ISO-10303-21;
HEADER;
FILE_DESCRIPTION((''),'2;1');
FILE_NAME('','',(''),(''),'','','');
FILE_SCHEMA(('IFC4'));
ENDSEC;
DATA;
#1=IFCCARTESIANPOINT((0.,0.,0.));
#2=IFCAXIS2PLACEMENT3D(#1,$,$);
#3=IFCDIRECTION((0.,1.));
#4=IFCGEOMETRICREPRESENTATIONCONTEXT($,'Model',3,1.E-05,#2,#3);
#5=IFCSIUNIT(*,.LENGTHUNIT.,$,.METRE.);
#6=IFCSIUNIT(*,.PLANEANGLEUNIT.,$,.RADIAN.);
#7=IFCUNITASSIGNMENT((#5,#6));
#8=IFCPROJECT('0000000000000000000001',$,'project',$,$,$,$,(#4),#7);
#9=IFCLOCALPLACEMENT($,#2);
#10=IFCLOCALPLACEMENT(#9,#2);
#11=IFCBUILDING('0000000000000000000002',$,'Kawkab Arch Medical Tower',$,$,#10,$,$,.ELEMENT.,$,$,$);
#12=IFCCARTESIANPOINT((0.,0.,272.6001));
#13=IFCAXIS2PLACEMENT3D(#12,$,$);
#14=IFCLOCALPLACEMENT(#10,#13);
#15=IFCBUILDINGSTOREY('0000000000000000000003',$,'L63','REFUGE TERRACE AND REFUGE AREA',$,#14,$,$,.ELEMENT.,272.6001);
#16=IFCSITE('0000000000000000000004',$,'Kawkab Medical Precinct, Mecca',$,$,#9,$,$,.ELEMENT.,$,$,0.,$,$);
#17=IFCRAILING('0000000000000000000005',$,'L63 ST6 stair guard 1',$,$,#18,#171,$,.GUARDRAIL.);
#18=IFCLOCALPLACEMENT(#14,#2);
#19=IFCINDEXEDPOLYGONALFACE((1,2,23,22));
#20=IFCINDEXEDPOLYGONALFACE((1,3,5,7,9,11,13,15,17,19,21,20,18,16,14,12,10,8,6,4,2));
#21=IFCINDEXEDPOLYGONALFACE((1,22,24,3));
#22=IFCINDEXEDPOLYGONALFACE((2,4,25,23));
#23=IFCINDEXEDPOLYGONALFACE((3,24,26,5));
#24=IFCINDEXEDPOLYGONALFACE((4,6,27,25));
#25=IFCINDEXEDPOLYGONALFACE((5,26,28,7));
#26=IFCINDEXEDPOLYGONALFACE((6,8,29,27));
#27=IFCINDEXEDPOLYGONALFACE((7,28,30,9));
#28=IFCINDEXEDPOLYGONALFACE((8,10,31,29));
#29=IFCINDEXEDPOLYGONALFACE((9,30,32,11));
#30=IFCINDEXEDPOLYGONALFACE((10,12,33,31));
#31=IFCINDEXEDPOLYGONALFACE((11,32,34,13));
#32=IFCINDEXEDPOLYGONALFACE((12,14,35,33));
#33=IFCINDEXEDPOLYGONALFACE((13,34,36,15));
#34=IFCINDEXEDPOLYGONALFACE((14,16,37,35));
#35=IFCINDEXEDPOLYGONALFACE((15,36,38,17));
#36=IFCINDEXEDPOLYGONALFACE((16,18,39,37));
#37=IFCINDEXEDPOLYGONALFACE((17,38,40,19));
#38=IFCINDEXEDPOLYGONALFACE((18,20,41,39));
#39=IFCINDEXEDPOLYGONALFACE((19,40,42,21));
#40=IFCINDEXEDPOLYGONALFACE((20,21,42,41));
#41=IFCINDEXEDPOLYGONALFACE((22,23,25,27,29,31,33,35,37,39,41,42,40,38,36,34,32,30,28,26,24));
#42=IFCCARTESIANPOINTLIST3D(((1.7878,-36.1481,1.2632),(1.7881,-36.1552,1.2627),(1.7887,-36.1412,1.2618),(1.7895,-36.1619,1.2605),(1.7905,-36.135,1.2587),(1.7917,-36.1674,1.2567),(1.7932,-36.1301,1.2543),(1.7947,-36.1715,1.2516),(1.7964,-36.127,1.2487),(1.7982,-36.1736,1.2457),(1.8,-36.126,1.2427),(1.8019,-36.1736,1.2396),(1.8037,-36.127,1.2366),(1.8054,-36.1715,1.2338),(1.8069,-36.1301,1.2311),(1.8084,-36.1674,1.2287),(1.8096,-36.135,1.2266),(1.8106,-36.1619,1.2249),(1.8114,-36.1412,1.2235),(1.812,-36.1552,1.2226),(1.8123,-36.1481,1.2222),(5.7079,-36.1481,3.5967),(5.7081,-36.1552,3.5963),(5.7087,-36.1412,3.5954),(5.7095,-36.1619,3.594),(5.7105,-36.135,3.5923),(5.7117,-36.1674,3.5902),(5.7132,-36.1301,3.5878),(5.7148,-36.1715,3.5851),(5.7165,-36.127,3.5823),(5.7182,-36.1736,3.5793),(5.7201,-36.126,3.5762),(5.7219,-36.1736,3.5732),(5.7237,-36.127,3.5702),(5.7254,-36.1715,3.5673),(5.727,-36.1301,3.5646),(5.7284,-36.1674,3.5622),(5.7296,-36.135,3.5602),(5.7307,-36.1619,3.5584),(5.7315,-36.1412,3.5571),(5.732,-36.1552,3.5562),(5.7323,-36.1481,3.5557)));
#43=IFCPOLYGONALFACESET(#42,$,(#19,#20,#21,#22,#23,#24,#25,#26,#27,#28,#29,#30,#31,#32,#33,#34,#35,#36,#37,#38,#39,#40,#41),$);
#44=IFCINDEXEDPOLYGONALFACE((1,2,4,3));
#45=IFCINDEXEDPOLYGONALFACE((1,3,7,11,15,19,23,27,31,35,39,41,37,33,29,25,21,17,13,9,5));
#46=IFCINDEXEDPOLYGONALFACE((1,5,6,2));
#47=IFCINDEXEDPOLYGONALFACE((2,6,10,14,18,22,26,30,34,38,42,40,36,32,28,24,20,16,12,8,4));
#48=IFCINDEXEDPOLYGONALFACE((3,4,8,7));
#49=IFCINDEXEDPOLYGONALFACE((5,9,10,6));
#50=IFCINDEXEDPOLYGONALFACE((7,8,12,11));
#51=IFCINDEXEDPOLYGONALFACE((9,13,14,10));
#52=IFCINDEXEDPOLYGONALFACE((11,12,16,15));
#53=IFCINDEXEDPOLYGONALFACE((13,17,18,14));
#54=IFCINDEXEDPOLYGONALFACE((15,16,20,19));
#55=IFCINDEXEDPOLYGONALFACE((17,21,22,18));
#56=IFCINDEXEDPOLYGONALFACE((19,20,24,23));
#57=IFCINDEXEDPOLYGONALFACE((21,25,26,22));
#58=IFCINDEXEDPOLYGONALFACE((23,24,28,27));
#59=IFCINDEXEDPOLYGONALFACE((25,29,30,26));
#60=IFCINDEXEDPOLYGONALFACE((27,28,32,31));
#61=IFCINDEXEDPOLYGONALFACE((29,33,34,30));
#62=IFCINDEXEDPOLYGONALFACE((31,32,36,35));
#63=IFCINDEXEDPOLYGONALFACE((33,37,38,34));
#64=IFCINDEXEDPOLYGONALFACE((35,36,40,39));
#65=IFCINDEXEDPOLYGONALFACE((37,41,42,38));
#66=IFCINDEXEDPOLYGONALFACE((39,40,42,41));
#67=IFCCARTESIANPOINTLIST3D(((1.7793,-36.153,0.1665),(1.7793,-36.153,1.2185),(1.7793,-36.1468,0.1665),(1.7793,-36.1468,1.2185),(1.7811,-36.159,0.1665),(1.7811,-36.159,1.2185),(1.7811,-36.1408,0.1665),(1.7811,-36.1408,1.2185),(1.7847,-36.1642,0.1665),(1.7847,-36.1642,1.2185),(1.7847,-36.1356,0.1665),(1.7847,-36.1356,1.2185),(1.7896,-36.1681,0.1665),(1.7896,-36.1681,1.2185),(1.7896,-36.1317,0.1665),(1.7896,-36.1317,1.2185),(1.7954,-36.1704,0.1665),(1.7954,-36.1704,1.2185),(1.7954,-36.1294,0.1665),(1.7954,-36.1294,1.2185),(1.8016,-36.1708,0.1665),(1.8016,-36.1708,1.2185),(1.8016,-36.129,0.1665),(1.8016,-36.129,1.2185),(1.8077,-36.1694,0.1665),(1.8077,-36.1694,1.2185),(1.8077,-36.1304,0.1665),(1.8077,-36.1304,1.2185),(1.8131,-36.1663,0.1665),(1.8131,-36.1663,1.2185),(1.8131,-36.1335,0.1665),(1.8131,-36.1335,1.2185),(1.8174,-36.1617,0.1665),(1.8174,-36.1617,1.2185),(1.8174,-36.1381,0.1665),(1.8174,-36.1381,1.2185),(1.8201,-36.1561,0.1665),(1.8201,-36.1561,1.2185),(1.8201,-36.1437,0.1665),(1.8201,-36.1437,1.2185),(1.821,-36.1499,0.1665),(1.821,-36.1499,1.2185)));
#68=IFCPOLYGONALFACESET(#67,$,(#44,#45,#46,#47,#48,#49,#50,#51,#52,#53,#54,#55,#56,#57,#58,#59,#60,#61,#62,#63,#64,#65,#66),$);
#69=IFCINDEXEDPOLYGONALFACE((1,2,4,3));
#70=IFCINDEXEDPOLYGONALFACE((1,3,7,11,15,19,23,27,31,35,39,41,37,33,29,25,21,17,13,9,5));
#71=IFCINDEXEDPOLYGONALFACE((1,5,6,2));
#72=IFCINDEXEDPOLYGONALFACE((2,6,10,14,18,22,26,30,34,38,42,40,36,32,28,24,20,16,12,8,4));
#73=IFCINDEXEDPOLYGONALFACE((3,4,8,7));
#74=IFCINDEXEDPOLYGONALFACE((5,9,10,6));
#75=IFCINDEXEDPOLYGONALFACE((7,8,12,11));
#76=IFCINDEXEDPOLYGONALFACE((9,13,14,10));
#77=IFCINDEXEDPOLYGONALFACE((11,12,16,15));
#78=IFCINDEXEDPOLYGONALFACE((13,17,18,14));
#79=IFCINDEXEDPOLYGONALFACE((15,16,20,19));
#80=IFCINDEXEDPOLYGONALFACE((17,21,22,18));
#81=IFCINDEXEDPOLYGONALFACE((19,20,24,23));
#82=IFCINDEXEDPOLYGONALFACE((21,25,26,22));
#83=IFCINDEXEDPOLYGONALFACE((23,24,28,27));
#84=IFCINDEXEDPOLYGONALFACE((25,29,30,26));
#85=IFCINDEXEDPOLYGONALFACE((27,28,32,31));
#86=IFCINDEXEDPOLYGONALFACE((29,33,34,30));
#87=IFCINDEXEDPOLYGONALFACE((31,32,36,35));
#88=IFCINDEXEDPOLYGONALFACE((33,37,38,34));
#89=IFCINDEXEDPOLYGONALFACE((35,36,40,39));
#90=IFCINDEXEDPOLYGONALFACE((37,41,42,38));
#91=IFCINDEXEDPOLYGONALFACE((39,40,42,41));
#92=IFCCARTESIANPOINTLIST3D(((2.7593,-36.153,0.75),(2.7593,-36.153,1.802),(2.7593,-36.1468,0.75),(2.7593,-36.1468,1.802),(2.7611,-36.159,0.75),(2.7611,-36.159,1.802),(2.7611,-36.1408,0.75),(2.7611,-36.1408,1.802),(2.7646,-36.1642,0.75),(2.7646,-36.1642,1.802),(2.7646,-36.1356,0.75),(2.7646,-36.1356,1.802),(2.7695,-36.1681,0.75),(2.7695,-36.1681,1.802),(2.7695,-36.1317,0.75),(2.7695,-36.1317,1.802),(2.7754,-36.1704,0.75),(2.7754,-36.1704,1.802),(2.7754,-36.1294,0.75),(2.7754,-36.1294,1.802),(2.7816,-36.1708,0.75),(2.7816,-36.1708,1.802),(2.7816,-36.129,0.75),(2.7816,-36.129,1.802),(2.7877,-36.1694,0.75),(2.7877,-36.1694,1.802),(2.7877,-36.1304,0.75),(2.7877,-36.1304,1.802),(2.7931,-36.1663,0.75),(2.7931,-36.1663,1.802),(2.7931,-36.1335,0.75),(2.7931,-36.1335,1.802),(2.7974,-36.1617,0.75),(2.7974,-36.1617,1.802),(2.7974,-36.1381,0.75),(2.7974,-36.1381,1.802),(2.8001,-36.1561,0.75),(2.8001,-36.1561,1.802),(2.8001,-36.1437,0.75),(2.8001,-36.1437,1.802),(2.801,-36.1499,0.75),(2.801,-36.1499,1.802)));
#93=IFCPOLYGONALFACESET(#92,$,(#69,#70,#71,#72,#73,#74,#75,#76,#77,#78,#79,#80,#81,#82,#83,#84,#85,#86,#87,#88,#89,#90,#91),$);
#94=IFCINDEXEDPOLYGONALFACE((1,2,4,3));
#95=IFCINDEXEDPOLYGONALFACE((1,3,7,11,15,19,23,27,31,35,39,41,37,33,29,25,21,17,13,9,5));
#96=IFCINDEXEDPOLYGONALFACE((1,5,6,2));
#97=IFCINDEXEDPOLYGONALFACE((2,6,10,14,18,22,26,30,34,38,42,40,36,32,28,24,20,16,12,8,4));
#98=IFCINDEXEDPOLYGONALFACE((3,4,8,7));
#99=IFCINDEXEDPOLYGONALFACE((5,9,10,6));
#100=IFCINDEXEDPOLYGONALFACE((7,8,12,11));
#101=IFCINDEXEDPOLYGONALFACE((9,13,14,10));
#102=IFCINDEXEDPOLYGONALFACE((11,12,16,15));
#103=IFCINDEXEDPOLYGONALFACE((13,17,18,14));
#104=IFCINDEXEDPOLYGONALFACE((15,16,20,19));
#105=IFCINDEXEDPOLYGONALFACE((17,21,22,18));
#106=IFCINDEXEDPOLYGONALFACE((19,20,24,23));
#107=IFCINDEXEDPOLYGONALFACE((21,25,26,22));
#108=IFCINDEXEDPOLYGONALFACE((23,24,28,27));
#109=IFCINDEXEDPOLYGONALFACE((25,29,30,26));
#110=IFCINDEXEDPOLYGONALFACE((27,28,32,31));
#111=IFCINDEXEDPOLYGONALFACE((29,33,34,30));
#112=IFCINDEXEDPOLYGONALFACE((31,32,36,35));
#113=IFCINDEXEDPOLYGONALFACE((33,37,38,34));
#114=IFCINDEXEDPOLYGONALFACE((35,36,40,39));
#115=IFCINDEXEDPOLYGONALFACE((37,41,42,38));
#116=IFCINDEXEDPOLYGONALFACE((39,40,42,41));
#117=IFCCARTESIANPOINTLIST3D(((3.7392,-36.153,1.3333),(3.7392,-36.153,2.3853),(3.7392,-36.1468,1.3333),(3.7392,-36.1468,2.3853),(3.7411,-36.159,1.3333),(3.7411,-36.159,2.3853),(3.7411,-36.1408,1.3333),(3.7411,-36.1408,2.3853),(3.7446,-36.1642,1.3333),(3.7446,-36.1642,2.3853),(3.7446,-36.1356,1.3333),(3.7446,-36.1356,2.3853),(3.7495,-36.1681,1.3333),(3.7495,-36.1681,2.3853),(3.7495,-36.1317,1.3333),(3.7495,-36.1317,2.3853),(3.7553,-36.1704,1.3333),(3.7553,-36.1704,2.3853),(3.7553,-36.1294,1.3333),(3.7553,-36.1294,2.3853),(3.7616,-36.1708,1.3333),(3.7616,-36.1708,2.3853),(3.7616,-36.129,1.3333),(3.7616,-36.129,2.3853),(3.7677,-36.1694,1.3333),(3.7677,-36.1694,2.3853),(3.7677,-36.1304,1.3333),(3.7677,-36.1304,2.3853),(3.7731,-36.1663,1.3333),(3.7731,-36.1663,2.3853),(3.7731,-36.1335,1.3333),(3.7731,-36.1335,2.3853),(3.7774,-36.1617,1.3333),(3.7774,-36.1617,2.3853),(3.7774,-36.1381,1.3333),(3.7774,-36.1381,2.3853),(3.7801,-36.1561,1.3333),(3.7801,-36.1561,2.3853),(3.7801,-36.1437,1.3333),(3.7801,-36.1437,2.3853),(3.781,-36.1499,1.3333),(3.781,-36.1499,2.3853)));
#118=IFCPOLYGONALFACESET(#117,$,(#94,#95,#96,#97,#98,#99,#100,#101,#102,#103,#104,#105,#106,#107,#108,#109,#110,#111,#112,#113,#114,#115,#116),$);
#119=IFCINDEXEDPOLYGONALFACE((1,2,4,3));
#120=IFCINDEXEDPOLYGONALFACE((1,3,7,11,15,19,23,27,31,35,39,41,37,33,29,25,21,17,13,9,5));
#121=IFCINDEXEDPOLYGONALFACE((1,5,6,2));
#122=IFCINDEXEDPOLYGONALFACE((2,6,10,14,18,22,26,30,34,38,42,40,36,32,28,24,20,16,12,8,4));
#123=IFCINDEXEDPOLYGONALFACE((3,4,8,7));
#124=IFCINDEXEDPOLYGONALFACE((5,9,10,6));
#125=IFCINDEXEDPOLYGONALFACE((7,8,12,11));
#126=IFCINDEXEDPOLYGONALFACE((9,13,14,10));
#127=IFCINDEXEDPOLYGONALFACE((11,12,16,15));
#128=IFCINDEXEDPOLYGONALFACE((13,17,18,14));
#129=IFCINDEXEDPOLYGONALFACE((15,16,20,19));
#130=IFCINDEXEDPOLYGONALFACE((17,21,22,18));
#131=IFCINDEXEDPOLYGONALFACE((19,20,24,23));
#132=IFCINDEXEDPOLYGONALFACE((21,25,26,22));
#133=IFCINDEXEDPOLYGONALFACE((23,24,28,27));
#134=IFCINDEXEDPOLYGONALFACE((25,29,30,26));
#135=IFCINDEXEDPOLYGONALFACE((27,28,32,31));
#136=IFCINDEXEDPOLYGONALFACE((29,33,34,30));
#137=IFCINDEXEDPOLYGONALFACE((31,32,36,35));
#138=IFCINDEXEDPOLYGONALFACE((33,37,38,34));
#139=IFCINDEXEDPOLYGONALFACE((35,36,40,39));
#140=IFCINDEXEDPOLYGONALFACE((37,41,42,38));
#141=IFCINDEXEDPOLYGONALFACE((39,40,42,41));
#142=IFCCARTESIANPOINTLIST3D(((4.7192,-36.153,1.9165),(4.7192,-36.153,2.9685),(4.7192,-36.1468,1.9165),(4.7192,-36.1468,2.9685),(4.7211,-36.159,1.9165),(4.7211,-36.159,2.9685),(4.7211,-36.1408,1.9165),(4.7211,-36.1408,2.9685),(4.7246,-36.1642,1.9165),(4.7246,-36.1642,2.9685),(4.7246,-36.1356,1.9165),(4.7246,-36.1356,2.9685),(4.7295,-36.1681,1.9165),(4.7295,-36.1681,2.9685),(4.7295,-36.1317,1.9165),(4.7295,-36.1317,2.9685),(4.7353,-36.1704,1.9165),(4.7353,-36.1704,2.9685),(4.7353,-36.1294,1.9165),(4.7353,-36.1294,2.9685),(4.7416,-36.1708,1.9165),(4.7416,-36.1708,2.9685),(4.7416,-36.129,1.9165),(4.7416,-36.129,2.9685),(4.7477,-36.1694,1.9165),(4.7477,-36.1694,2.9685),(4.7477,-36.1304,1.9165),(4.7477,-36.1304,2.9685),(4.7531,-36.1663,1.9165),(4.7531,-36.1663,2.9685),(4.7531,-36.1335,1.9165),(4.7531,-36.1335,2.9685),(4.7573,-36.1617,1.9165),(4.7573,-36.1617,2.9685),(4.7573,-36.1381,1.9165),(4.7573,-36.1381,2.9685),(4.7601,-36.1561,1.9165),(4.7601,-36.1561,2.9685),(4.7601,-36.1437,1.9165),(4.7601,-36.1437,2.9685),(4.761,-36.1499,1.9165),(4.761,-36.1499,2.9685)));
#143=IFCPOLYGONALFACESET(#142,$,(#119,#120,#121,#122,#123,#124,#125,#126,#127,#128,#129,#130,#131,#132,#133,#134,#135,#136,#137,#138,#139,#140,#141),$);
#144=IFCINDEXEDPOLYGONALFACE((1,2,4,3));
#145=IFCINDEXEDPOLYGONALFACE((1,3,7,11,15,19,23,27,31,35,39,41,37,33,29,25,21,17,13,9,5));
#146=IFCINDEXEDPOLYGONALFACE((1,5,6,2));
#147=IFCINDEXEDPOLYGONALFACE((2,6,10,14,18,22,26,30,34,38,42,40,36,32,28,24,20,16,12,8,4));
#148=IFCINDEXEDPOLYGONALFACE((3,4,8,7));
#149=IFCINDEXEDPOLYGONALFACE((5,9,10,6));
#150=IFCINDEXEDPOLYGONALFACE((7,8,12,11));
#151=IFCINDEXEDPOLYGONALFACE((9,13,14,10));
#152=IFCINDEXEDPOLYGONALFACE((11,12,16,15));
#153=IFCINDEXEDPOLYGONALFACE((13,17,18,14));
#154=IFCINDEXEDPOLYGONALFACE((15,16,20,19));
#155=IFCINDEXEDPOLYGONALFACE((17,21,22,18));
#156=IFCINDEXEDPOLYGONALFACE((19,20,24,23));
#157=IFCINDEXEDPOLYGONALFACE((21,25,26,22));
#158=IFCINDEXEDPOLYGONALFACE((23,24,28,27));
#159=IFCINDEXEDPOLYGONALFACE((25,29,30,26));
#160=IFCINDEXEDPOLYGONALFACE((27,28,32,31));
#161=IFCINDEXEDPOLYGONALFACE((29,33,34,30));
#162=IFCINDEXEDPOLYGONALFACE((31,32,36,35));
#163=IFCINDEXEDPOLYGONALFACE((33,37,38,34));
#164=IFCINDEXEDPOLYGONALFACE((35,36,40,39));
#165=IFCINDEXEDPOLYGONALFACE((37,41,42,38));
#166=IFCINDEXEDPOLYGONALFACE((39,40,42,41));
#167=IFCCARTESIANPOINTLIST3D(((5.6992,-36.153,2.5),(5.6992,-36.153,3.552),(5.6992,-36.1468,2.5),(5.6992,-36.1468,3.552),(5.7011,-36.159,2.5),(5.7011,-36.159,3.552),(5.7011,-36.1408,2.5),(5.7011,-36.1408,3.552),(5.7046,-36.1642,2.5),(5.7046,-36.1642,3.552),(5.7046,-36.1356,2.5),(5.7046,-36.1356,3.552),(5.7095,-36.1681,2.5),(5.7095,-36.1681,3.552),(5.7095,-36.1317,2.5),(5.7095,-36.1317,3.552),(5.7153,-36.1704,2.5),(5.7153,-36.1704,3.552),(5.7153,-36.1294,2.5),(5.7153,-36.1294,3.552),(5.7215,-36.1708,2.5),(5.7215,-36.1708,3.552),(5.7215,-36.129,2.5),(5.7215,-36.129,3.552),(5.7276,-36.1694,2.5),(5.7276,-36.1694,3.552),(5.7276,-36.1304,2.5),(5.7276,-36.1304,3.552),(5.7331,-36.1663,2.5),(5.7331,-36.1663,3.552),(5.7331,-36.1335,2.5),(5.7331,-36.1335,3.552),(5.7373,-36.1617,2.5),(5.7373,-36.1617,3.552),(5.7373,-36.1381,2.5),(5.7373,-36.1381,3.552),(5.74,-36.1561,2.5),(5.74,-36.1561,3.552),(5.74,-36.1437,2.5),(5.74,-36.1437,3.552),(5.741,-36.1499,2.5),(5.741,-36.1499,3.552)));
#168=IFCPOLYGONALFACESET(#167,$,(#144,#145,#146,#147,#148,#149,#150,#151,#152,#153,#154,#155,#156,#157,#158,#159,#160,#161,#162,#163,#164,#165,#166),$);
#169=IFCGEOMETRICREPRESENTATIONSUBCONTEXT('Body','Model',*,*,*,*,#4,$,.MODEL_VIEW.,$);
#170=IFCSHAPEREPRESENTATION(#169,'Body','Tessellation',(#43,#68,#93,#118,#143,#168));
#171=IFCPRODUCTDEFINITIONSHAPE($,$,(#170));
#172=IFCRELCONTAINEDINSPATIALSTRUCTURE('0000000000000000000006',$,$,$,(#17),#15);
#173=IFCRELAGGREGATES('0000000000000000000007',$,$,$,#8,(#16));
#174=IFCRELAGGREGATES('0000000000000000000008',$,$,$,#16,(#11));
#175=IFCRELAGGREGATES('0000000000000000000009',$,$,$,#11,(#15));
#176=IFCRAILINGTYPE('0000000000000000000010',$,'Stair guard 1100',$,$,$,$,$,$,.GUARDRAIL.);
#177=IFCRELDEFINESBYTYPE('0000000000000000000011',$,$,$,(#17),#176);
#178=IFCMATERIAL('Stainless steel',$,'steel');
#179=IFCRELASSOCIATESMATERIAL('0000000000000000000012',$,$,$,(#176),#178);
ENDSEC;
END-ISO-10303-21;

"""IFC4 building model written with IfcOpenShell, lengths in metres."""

from ifc_helpers import new_model, si_unit, direction, frame, origin, origin_2d, place, context, subcontext, project, spatial, circle, extrude, material, type_object, element, save


model = new_model("IFC4")

# Units and contexts
model_context = context("Model", 3, precision=1e-05, world=origin(), true_north=direction((0.0, 1.0)))
body_context = subcontext(model_context, "Body", "Model", "MODEL_VIEW")
ifc_project = project(units=[si_unit("LENGTHUNIT", "METRE"), si_unit("PLANEANGLEUNIT", "RADIAN")], contexts=[model_context])

# Site, building, storey
site_placement = place(None, origin())
site = spatial("IfcSite", under=ifc_project, at=site_placement, Name="Kawkab Medical Precinct, Mecca", CompositionType="ELEMENT", RefElevation=0.0)
building_placement = place(site_placement, origin())
building = spatial("IfcBuilding", under=site, at=building_placement, Name="Kawkab Arch Medical Tower", CompositionType="ELEMENT")
storey_placement = place(building_placement, frame((0.0, 0.0, 272.6001)))
storey = spatial("IfcBuildingStorey", under=building, at=storey_placement, Name="L63", Description="REFUGE TERRACE AND REFUGE AREA", CompositionType="ELEMENT", Elevation=272.6001)

# Railing
ifc_material_1 = material(Name="Stainless steel", Category="steel")
railing_type_1 = type_object("IfcRailingType", Name="Stair guard 1100", PredefinedType="GUARDRAIL", material=ifc_material_1)
railing_1_placement = place(storey_placement, frame((1.8, -36.1499, 0.1665)))
element("IfcRailing", 1, at=railing_1_placement, inside=storey, type_object=railing_type_1, Name="L63 ST6 stair guard 1", PredefinedType="GUARDRAIL", context=body_context, shape_type="SweptSolid", body=[
    extrude(circle(Radius=0.0239, at=origin_2d()), frame((0.0, 0.0, 1.0762), z_axis=(0.859273, 0.0, 0.511518), x_axis=(0.0, 1.0, 0.0)), (0.0, 0.0, 1.0), 4.562),
    extrude(circle(Radius=0.021, at=origin_2d()), origin(), (0.0, 0.0, 1.0), 1.052),
    extrude(circle(Radius=0.021, at=origin_2d()), frame((0.98, 0.0, 0.5835)), (0.0, 0.0, 1.0), 1.052),
    extrude(circle(Radius=0.021, at=origin_2d()), frame((1.96, 0.0, 1.1667)), (0.0, 0.0, 1.0), 1.052),
    extrude(circle(Radius=0.021, at=origin_2d()), frame((2.9399, 0.0, 1.75)), (0.0, 0.0, 1.0), 1.052),
    extrude(circle(Radius=0.021, at=origin_2d()), frame((3.9199, 0.0, 2.3335)), (0.0, 0.0, 1.0), 1.052),
])

save(model, "model.ifc")
